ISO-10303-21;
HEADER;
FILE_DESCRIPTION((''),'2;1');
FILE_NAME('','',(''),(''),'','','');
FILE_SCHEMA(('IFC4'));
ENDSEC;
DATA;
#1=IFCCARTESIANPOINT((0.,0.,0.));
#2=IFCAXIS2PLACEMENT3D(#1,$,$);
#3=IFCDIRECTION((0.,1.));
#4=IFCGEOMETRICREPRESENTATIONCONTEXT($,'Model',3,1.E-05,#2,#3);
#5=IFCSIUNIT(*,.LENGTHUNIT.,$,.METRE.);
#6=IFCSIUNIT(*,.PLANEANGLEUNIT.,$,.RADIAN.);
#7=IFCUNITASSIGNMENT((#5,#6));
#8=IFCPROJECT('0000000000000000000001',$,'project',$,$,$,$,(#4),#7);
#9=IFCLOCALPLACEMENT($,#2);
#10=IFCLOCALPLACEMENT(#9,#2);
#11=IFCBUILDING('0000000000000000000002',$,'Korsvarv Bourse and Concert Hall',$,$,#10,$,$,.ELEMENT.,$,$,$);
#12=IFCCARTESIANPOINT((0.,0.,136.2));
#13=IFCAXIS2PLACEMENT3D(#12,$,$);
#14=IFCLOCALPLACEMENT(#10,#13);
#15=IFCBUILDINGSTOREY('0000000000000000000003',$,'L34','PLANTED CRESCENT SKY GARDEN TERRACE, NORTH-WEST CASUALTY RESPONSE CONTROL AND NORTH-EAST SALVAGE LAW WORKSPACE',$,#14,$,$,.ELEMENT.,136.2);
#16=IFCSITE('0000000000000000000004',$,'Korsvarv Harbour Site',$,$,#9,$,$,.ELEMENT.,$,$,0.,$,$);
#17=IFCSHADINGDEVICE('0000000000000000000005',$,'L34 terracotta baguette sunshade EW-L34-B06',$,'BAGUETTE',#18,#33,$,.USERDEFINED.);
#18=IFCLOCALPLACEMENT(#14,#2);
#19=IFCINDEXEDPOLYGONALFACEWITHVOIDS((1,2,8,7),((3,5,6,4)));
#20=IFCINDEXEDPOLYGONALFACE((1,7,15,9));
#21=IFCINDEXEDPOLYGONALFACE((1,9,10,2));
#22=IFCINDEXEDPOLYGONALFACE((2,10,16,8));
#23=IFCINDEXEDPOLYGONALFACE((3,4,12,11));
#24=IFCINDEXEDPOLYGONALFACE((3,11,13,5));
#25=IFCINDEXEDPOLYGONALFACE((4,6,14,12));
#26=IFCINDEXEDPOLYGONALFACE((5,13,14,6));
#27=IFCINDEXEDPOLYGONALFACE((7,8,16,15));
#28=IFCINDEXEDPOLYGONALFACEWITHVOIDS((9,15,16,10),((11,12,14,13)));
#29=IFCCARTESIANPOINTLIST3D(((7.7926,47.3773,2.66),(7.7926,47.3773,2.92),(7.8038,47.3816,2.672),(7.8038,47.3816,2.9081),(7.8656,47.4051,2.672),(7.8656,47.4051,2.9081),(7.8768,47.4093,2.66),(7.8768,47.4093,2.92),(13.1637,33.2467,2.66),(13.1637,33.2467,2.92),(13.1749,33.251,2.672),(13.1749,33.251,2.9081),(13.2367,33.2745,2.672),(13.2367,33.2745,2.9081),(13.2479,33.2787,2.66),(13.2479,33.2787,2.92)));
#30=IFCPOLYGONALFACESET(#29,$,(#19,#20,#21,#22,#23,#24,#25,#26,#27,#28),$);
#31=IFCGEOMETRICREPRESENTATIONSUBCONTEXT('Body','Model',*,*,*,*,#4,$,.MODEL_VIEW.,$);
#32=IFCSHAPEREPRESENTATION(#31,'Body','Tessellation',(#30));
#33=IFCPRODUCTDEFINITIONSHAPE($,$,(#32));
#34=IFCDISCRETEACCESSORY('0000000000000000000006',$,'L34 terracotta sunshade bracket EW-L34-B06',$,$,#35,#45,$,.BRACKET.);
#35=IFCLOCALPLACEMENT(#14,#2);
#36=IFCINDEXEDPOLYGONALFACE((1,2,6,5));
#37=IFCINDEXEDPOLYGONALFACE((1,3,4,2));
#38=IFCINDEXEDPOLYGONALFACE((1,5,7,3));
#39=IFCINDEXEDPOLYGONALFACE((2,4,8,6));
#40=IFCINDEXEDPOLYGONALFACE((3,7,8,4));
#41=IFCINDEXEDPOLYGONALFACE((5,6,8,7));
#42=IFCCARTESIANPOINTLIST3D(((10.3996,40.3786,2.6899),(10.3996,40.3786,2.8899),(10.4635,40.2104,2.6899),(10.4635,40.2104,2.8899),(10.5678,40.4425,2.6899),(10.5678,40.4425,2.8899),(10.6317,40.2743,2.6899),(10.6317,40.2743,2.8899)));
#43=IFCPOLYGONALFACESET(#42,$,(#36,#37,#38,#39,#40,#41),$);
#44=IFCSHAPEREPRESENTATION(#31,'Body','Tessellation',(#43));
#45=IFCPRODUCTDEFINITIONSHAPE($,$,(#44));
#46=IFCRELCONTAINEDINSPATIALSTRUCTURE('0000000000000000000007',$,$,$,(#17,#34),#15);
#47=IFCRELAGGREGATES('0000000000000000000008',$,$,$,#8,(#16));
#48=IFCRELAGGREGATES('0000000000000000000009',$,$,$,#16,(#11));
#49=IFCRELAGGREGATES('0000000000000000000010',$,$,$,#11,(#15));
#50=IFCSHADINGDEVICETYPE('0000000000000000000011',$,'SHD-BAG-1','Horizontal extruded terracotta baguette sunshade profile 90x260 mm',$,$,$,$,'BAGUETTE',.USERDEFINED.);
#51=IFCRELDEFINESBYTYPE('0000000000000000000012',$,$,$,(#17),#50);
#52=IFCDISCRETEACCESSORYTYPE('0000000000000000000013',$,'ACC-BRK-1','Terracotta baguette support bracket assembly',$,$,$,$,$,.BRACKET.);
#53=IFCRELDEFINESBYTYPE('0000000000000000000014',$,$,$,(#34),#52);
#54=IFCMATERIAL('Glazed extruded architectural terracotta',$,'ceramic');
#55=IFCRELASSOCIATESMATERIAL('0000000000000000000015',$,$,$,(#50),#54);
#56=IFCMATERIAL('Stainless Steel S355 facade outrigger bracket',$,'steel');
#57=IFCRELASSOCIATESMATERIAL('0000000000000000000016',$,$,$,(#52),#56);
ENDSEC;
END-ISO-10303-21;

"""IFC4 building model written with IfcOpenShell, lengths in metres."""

from ifc_helpers import new_model, si_unit, direction, frame, origin, origin_2d, place, context, subcontext, project, spatial, rectangle, hollow_rectangle, extrude, source, transform, mapped, material, material_profile, profile_set, type_object, element, save


model = new_model("IFC4")

# Units and contexts
model_context = context("Model", 3, precision=1e-05, world=origin(), true_north=direction((0.0, 1.0)))
body_context = subcontext(model_context, "Body", "Model", "MODEL_VIEW")
ifc_project = project(units=[si_unit("LENGTHUNIT", "METRE"), si_unit("PLANEANGLEUNIT", "RADIAN")], contexts=[model_context])

# Site, building, storey
site_placement = place(None, origin())
site = spatial("IfcSite", under=ifc_project, at=site_placement, Name="Korsvarv Harbour Site", CompositionType="ELEMENT", RefElevation=0.0)
building_placement = place(site_placement, origin())
building = spatial("IfcBuilding", under=site, at=building_placement, Name="Korsvarv Bourse and Concert Hall", CompositionType="ELEMENT")
storey_placement = place(building_placement, frame((0.0, 0.0, 136.2)))
storey = spatial("IfcBuildingStorey", under=building, at=storey_placement, Name="L34", Description="PLANTED CRESCENT SKY GARDEN TERRACE, NORTH-WEST CASUALTY RESPONSE CONTROL AND NORTH-EAST SALVAGE LAW WORKSPACE", CompositionType="ELEMENT", Elevation=136.2)

# Shading device
ifc_material_1 = material(Name="Glazed extruded architectural terracotta", Category="ceramic")
ifc_material_profile_1 = material_profile(ifc_material_1, hollow_rectangle(XDim=0.0901, YDim=0.26, WallThickness=0.012, at=origin_2d()), Name="TC-BAG 90x260")
ifc_profile_set_1 = profile_set([ifc_material_profile_1], Name="Glazed extruded architectural terracotta")
shading_device_type = type_object("IfcShadingDeviceType", Name="SHD-BAG-1", Description="Horizontal extruded terracotta baguette sunshade profile 90x260 mm", ElementType="BAGUETTE", PredefinedType="USERDEFINED", material=ifc_profile_set_1)
shared_shape_1 = source(origin(), body_context, "Body", "SweptSolid", [
    extrude(hollow_rectangle(XDim=0.0901, YDim=0.26, WallThickness=0.012, at=origin_2d()), origin(), (0.0, 0.0, 1.0), 15.1169),
])
shading_device_placement = place(storey_placement, frame((7.8347, 47.3933, 2.79), z_axis=(0.355302, -0.934752, 0.0), x_axis=(0.934752, 0.355302, 0.0)))
element("IfcShadingDevice", 1, at=shading_device_placement, inside=storey, type_object=shading_device_type, Name="L34 terracotta baguette sunshade EW-L34-B06", ObjectType="BAGUETTE", PredefinedType="USERDEFINED", context=body_context, shape_type="MappedRepresentation", body=[
    mapped(shared_shape_1, transform((0.0, 0.0, 0.0), scale=1.0)),
])

# Discrete accessory
ifc_material_2 = material(Name="Stainless Steel S355 facade outrigger bracket", Category="steel")
discrete_accessory_type = type_object("IfcDiscreteAccessoryType", Name="ACC-BRK-1", Description="Terracotta baguette support bracket assembly", PredefinedType="BRACKET", material=ifc_material_2)
shared_shape_2 = source(origin(), body_context, "Body", "SweptSolid", [
    extrude(rectangle(XDim=0.1799, YDim=0.1799, at=origin_2d()), origin(), (0.0, 0.0, 1.0), 0.2),
])
discrete_accessory_placement = place(storey_placement, frame((10.5156, 40.3264, 2.6899), z_axis=(0.0, 0.0, 1.0), x_axis=(0.35527, -0.934764, 0.0)))
element("IfcDiscreteAccessory", 2, at=discrete_accessory_placement, inside=storey, type_object=discrete_accessory_type, Name="L34 terracotta sunshade bracket EW-L34-B06", PredefinedType="BRACKET", context=body_context, shape_type="MappedRepresentation", body=[
    mapped(shared_shape_2, transform((0.0, 0.0, 0.0), scale=1.0)),
])

save(model, "model.ifc")
